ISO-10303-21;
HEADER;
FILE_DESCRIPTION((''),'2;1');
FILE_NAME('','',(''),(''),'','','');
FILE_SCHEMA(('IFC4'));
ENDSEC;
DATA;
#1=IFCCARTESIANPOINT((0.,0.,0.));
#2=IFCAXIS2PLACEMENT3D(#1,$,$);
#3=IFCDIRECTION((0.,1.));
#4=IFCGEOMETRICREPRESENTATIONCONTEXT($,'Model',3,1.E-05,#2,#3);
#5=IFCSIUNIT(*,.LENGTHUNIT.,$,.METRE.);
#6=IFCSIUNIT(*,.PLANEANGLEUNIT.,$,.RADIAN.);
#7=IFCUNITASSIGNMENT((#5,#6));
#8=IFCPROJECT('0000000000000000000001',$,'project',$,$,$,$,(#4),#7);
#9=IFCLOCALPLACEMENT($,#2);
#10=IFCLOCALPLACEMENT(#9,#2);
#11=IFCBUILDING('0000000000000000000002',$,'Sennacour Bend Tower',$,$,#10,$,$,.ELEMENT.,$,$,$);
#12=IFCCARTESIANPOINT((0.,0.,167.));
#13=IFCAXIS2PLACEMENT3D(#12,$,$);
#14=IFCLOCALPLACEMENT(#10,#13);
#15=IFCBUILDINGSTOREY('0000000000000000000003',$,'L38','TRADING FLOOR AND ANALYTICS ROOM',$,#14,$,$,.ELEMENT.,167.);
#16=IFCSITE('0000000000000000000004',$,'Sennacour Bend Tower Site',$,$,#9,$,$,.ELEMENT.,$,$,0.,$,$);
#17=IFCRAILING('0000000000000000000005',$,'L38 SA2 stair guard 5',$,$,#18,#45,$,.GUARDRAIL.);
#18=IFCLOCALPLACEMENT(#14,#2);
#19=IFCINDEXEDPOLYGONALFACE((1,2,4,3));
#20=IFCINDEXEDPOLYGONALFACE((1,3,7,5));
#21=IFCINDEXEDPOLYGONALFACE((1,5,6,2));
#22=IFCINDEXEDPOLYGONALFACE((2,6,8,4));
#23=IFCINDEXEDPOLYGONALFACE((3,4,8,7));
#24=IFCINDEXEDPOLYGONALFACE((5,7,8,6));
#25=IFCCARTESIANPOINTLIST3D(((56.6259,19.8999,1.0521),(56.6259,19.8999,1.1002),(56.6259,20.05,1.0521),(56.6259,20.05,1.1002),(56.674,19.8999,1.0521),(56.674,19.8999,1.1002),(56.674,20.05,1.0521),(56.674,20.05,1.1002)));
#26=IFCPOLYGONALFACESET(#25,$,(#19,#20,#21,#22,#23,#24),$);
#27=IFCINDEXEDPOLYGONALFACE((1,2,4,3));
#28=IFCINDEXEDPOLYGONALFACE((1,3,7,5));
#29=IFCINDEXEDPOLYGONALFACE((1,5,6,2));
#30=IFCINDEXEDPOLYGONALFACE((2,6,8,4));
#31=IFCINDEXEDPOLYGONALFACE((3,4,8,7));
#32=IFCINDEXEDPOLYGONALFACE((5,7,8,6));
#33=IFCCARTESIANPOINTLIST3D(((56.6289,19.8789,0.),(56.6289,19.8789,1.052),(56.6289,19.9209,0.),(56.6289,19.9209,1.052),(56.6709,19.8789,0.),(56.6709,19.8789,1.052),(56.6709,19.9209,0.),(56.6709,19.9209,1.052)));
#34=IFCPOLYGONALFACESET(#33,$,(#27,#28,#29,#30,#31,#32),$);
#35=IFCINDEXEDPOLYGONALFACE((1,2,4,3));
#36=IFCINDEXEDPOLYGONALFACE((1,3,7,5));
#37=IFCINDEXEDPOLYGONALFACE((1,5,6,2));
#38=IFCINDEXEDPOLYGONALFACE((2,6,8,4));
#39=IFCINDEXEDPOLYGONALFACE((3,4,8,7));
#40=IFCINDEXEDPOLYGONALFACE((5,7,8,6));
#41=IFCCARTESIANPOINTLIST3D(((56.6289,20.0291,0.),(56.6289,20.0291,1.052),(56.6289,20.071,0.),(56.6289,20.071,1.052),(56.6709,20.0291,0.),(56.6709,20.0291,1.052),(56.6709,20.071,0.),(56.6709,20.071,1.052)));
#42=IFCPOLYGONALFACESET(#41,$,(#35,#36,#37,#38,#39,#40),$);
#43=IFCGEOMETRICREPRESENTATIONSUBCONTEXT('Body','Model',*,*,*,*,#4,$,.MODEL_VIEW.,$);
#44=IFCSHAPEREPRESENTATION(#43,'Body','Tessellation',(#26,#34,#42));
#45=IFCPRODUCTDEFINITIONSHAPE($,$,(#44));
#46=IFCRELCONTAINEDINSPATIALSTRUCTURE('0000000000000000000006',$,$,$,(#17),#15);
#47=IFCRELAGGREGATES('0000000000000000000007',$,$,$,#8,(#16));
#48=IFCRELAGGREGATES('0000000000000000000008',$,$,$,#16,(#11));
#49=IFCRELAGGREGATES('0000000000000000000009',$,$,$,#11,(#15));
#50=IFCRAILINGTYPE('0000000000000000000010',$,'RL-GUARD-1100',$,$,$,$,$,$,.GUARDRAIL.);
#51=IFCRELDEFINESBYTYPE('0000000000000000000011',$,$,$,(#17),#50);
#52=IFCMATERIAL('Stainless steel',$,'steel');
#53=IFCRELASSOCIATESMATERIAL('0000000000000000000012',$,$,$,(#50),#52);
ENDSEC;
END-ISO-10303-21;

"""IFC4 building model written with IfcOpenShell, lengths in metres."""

from ifc_helpers import new_model, si_unit, direction, frame, origin, origin_2d, place, context, subcontext, project, spatial, rectangle, extrude, material, type_object, element, save


model = new_model("IFC4")

# Units and contexts
model_context = context("Model", 3, precision=1e-05, world=origin(), true_north=direction((0.0, 1.0)))
body_context = subcontext(model_context, "Body", "Model", "MODEL_VIEW")
ifc_project = project(units=[si_unit("LENGTHUNIT", "METRE"), si_unit("PLANEANGLEUNIT", "RADIAN")], contexts=[model_context])

# Site, building, storey
site_placement = place(None, origin())
site = spatial("IfcSite", under=ifc_project, at=site_placement, Name="Sennacour Bend Tower Site", CompositionType="ELEMENT", RefElevation=0.0)
building_placement = place(site_placement, origin())
building = spatial("IfcBuilding", under=site, at=building_placement, Name="Sennacour Bend Tower", CompositionType="ELEMENT")
storey_placement = place(building_placement, frame((0.0, 0.0, 167.0)))
storey = spatial("IfcBuildingStorey", under=building, at=storey_placement, Name="L38", Description="TRADING FLOOR AND ANALYTICS ROOM", CompositionType="ELEMENT", Elevation=167.0)

# Shared definitions
ifc_material_1 = material(Name="Stainless steel", Category="steel")

# Railing
railing_type = type_object("IfcRailingType", Name="RL-GUARD-1100", PredefinedType="GUARDRAIL", material=ifc_material_1)
railing_placement = place(storey_placement, frame((56.6499, 19.8999, 0.0)))
element("IfcRailing", 1, at=railing_placement, inside=storey, type_object=railing_type, Name="L38 SA2 stair guard 5", PredefinedType="GUARDRAIL", context=body_context, shape_type="SweptSolid", body=[
    extrude(rectangle(XDim=0.0481, YDim=0.0481, at=origin_2d()), frame((0.0, 0.0, 1.0762), z_axis=(0.0, 1.0, 0.0), x_axis=(-1.0, 0.0, 0.0)), (0.0, 0.0, 1.0), 0.1501),
    extrude(rectangle(XDim=0.042, YDim=0.042, at=origin_2d()), origin(), (0.0, 0.0, 1.0), 1.052),
    extrude(rectangle(XDim=0.042, YDim=0.042, at=origin_2d()), frame((0.0, 0.1501, 0.0)), (0.0, 0.0, 1.0), 1.052),
])

save(model, "model.ifc")
